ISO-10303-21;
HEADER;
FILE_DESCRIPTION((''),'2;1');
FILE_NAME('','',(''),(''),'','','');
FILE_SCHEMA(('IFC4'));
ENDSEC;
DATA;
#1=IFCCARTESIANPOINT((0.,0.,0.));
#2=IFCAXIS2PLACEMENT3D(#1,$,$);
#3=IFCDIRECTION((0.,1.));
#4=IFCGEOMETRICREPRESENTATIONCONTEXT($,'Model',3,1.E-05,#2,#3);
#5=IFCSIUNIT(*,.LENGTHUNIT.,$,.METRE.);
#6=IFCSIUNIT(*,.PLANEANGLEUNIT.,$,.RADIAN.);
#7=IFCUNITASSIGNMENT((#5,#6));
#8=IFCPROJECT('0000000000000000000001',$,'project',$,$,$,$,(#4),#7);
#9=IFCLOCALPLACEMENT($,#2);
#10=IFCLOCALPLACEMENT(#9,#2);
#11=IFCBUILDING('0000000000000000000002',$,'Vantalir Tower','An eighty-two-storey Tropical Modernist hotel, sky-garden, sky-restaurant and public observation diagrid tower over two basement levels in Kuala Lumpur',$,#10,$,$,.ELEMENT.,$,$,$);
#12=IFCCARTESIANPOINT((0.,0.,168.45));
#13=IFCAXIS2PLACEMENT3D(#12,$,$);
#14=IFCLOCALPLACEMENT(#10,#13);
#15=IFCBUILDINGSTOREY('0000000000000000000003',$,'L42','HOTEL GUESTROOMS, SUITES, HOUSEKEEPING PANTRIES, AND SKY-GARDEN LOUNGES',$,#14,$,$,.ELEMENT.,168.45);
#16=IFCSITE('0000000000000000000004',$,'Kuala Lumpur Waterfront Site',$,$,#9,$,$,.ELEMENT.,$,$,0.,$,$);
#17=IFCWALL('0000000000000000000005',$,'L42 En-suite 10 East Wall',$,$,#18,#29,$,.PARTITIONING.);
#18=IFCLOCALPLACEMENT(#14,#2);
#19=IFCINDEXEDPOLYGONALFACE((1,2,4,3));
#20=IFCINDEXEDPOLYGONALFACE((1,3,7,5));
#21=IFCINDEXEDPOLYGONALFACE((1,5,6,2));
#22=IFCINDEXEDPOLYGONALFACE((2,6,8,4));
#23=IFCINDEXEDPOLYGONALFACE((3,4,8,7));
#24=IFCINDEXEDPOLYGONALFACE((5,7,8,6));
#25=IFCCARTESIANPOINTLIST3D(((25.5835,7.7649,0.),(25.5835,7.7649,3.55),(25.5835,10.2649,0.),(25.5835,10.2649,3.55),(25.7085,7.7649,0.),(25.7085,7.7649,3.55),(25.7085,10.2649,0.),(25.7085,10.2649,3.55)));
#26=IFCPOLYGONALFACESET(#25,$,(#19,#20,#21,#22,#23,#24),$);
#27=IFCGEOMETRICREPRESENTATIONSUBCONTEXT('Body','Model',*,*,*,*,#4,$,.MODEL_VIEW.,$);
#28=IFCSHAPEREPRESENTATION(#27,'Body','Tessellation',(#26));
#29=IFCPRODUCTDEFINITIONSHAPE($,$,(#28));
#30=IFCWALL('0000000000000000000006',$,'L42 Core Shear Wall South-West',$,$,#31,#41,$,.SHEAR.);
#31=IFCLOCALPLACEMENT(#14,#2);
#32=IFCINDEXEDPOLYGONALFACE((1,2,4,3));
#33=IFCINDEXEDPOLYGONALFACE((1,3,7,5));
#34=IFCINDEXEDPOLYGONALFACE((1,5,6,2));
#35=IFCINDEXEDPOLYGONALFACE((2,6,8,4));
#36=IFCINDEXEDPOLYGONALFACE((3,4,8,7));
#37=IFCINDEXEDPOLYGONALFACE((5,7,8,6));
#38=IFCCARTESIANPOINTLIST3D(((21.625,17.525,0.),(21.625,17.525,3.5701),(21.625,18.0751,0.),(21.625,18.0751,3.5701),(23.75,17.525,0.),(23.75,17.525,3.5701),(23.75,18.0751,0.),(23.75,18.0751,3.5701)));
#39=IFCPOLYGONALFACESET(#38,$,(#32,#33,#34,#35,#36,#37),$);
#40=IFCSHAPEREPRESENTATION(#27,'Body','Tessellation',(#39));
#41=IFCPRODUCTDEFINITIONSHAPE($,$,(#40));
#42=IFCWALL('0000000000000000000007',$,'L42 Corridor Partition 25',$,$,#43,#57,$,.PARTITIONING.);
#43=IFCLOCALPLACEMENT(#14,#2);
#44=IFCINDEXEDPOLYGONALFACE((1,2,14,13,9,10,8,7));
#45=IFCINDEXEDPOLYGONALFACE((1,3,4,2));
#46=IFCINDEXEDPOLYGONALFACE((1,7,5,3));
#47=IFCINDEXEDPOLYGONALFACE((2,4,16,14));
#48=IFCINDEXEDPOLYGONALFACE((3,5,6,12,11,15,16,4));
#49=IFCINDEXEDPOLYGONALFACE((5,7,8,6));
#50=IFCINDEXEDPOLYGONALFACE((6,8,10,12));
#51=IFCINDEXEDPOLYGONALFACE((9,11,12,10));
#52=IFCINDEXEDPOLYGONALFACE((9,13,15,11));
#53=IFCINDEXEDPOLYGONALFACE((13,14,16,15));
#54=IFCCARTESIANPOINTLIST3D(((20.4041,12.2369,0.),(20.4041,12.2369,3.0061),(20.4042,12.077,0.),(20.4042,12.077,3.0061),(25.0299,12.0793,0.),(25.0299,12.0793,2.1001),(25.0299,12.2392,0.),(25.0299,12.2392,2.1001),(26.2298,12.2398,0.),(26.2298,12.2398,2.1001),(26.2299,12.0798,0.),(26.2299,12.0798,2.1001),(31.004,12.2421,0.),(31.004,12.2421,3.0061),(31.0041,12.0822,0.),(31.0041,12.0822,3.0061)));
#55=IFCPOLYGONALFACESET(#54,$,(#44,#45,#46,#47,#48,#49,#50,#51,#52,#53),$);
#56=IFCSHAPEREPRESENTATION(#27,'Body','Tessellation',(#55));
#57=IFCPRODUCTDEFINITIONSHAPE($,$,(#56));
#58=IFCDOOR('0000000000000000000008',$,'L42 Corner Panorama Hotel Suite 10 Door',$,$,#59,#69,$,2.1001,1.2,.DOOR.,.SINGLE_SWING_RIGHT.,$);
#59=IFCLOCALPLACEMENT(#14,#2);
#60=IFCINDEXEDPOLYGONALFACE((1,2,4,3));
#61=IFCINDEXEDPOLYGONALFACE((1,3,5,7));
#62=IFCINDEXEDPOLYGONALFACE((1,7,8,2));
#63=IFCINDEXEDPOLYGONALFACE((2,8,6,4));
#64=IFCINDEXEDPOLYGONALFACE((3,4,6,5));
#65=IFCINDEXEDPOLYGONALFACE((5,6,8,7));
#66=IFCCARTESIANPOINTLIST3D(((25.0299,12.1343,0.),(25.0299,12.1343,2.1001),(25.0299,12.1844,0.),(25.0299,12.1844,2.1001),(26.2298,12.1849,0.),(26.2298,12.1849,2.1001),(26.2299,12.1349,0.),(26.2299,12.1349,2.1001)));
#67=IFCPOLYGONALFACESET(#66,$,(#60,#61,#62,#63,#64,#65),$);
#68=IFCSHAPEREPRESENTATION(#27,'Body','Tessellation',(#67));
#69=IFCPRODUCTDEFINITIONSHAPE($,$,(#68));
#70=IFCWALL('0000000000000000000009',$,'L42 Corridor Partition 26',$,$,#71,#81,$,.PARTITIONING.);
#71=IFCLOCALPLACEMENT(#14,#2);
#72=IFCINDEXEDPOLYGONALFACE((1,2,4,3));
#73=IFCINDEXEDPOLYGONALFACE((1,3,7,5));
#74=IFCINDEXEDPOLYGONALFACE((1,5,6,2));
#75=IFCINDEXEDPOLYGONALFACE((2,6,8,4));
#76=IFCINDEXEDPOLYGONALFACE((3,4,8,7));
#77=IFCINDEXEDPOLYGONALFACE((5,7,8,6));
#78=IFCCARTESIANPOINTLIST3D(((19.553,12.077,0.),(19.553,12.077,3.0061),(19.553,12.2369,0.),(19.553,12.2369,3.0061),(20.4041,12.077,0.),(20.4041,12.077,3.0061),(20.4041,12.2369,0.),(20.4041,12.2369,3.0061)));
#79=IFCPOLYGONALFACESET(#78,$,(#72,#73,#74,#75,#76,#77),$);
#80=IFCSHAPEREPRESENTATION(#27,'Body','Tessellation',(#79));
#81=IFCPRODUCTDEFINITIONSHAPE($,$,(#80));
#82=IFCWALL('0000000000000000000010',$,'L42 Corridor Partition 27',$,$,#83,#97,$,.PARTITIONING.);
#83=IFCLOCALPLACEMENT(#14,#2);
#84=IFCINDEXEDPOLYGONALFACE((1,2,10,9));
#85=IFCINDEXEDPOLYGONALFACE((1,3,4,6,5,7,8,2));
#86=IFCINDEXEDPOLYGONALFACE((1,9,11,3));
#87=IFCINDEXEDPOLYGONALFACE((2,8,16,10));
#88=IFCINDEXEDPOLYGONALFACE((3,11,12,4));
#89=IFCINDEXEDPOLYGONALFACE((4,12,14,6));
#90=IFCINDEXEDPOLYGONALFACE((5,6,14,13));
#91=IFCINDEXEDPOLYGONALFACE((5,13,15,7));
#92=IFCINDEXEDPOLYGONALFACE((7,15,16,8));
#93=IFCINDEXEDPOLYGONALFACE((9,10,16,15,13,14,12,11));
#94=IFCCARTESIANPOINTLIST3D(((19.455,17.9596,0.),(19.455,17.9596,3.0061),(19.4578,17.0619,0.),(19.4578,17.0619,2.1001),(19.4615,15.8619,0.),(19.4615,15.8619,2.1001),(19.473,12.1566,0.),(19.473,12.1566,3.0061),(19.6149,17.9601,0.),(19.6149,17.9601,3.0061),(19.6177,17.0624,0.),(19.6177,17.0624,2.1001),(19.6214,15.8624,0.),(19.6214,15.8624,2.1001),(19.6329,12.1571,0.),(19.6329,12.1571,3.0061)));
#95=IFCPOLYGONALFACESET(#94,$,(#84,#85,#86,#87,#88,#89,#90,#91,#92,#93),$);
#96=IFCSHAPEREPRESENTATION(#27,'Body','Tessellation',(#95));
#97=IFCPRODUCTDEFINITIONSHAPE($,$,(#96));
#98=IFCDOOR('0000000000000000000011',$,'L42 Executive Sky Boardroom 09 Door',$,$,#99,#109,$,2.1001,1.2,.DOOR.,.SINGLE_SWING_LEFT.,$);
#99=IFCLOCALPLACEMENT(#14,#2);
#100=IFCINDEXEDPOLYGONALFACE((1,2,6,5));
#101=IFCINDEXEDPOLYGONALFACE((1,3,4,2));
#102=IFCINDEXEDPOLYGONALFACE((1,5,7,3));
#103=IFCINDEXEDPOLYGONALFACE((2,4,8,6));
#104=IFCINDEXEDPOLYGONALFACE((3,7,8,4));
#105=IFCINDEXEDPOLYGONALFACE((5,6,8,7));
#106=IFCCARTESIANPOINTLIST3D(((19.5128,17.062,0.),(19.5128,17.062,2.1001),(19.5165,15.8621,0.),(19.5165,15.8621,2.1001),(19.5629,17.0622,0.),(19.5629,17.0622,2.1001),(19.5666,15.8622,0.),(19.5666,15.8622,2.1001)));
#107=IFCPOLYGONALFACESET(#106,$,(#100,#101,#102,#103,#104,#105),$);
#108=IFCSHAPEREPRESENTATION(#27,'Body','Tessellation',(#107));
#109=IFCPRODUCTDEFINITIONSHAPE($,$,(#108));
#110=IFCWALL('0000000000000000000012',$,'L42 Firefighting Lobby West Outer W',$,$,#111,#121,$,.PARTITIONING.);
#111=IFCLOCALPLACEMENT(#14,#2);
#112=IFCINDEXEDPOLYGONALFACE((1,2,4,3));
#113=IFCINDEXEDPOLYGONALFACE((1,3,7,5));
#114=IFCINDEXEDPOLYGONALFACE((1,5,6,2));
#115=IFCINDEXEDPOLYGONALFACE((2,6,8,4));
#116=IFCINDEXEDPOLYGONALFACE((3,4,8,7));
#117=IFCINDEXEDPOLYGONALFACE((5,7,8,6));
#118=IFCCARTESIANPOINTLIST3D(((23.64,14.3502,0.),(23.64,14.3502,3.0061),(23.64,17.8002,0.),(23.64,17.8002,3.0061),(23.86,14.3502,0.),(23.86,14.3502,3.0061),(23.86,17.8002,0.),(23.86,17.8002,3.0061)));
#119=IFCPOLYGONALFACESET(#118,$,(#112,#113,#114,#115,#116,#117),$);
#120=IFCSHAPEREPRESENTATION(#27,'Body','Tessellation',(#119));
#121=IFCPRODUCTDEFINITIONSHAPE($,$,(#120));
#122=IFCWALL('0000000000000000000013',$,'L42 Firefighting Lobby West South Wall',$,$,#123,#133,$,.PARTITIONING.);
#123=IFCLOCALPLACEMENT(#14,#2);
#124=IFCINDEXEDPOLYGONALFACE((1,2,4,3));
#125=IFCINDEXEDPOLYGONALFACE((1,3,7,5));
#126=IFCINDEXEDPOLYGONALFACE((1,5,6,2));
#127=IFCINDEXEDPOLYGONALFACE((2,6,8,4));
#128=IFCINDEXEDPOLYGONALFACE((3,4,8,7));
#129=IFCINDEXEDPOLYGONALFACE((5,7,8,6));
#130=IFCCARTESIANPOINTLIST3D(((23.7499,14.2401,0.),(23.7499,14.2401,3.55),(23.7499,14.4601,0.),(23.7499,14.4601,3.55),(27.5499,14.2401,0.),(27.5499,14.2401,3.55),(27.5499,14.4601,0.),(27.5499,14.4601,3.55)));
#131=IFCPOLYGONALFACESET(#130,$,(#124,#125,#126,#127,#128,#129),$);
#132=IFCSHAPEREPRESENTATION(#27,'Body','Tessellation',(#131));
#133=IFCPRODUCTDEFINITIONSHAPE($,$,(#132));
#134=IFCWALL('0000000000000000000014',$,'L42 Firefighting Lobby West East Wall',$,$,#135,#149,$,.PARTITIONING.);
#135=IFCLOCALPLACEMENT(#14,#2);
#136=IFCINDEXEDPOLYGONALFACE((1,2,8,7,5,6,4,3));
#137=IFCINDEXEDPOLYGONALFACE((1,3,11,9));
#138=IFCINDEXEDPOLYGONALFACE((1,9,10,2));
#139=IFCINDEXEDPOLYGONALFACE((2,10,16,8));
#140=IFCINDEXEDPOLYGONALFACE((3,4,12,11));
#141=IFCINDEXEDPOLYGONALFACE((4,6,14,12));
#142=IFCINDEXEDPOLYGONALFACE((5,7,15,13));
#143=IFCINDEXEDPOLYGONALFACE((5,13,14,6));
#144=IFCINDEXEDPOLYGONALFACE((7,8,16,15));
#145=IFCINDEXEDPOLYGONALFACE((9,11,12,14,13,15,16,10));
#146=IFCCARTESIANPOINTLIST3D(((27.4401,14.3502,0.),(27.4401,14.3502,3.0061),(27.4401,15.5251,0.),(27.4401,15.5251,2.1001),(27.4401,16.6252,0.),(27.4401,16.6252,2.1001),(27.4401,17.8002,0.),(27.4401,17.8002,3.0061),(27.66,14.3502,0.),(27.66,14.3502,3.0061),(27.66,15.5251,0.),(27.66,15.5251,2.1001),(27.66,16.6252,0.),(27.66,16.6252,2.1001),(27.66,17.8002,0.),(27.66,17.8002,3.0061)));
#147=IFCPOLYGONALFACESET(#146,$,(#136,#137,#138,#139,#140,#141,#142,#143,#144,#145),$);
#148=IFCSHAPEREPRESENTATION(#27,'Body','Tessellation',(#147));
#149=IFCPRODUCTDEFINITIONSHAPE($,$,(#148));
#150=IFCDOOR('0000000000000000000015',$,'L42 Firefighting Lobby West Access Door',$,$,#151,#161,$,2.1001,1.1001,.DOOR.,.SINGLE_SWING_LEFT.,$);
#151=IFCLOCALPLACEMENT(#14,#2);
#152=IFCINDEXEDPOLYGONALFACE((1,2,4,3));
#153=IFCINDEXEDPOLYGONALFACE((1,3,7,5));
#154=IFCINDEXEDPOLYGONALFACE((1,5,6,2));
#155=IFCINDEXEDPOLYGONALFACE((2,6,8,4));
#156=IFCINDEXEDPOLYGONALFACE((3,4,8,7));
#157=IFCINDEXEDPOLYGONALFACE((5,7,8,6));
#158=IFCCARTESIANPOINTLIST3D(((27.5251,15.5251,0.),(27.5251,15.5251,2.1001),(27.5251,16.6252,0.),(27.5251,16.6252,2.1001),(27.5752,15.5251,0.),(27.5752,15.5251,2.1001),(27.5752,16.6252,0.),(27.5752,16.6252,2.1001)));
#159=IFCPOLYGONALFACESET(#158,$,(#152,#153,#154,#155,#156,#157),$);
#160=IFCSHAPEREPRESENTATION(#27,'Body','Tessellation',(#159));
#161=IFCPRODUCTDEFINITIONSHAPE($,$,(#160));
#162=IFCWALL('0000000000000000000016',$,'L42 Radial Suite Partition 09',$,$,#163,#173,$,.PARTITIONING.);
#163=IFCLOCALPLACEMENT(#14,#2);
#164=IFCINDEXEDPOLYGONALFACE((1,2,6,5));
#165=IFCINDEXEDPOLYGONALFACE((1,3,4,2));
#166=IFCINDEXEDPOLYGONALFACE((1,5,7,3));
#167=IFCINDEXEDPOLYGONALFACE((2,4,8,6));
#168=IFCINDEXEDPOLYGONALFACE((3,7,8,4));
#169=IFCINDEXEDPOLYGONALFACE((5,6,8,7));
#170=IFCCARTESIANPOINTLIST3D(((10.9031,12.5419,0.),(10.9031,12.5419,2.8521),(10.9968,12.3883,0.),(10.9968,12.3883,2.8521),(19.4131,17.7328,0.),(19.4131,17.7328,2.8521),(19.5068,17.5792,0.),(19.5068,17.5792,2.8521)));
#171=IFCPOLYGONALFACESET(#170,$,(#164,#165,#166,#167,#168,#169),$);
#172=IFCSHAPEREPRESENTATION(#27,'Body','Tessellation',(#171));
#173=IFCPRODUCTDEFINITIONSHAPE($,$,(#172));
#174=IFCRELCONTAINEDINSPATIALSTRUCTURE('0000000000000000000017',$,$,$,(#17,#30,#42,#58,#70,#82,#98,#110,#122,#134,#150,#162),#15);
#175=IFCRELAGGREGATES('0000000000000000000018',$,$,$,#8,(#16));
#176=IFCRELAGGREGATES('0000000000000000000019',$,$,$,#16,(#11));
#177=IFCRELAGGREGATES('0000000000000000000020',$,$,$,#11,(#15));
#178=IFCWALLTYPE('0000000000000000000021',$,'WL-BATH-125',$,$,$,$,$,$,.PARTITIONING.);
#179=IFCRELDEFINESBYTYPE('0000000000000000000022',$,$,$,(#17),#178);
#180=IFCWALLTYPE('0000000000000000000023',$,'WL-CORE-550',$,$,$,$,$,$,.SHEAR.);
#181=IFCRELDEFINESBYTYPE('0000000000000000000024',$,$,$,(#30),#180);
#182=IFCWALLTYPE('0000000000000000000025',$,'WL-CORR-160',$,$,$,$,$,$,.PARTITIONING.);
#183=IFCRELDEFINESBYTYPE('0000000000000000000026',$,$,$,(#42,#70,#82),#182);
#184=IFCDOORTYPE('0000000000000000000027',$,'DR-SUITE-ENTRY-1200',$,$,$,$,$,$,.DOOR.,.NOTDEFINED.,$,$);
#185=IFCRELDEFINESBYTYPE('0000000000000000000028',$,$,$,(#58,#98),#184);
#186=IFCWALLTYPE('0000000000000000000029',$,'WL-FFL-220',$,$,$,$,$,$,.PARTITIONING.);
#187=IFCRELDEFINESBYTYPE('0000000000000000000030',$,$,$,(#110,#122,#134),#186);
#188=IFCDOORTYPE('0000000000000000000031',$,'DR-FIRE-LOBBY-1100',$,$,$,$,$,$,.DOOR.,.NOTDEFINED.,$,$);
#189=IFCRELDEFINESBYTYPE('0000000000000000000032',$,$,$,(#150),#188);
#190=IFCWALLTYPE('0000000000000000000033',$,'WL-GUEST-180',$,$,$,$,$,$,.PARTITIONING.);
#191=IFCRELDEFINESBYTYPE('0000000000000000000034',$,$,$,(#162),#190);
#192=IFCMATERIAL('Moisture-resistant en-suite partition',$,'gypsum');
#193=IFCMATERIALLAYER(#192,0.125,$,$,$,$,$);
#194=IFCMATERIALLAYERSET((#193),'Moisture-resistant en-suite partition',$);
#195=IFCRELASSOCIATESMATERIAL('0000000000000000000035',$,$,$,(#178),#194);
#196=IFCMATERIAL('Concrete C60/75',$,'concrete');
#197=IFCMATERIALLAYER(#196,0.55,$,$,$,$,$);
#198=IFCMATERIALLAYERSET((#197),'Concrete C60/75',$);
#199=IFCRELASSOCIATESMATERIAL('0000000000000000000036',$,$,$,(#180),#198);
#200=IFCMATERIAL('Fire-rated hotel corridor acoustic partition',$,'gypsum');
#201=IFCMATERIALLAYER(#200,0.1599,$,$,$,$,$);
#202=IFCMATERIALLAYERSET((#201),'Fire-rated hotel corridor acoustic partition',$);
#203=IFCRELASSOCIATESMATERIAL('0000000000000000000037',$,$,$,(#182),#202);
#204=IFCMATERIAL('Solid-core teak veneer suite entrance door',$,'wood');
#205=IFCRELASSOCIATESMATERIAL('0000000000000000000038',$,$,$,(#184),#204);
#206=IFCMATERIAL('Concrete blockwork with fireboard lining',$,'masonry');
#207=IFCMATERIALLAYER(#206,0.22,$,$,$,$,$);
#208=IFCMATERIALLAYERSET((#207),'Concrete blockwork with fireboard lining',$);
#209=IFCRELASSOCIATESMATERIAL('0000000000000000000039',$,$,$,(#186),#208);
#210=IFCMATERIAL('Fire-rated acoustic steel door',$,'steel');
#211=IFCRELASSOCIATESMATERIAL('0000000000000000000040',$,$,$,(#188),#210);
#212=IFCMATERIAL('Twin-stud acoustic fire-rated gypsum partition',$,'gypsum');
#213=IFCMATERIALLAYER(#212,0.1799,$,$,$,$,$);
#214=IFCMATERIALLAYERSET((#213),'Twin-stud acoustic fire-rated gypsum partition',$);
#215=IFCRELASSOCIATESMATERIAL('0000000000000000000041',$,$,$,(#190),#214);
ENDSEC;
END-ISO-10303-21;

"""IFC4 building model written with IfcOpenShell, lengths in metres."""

from ifc_helpers import new_model, si_unit, direction, frame, frame_2d, origin, place, context, subcontext, project, spatial, rectangle, extrude, material, layer, layer_set, type_object, element, fill, save


model = new_model("IFC4")

# Units and contexts
model_context = context("Model", 3, precision=1e-05, world=origin(), true_north=direction((0.0, 1.0)))
body_context = subcontext(model_context, "Body", "Model", "MODEL_VIEW")
ifc_project = project(units=[si_unit("LENGTHUNIT", "METRE"), si_unit("PLANEANGLEUNIT", "RADIAN")], contexts=[model_context])

# Site, building, storey
site_placement = place(None, origin())
site = spatial("IfcSite", under=ifc_project, at=site_placement, Name="Kuala Lumpur Waterfront Site", CompositionType="ELEMENT", RefElevation=0.0)
building_placement = place(site_placement, origin())
building = spatial("IfcBuilding", under=site, at=building_placement, Name="Vantalir Tower", Description="An eighty-two-storey Tropical Modernist hotel, sky-garden, sky-restaurant and public observation diagrid tower over two basement levels in Kuala Lumpur", CompositionType="ELEMENT")
storey_placement = place(building_placement, frame((0.0, 0.0, 168.45)))
storey = spatial("IfcBuildingStorey", under=building, at=storey_placement, Name="L42", Description="HOTEL GUESTROOMS, SUITES, HOUSEKEEPING PANTRIES, AND SKY-GARDEN LOUNGES", CompositionType="ELEMENT", Elevation=168.45)

# Shared definitions
ifc_material_1 = material(Name="Concrete C60/75", Category="concrete")

# Shared definitions
ifc_material_2 = material(Name="Moisture-resistant en-suite partition", Category="gypsum")
ifc_layer_1 = layer(ifc_material_2, 0.125)
ifc_layer_set_1 = layer_set([ifc_layer_1], Name="Moisture-resistant en-suite partition")
wall_type_1 = type_object("IfcWallType", Name="WL-BATH-125", PredefinedType="PARTITIONING", material=ifc_layer_set_1)

# Walls
for number, where, z_axis, x_axis, name in (
    (1, (25.646, 7.7649, 0.0), (0.0, 0.0, 1.0), (0.0, 1.0, 0.0), "L42 En-suite 10 East Wall"),
):
    element("IfcWall", number, at=place(storey_placement, frame(where, z_axis=z_axis, x_axis=x_axis)), inside=storey, type_object=wall_type_1, Name=name, PredefinedType="PARTITIONING", context=body_context, shape_type="SweptSolid", body=[
        extrude(rectangle(XDim=2.5, YDim=0.125, at=frame_2d((1.25, 0.0))), origin(), (0.0, 0.0, 1.0), 3.55),
    ])
ifc_layer_2 = layer(ifc_material_1, 0.55)
ifc_layer_set_2 = layer_set([ifc_layer_2], Name="Concrete C60/75")
wall_type_2 = type_object("IfcWallType", Name="WL-CORE-550", PredefinedType="SHEAR", material=ifc_layer_set_2)
wall_1_placement = place(storey_placement, frame((21.625, 17.8, 0.0), z_axis=(0.0, 0.0, 1.0), x_axis=(1.0, 0.0, 0.0)))
element("IfcWall", 2, at=wall_1_placement, inside=storey, type_object=wall_type_2, Name="L42 Core Shear Wall South-West", PredefinedType="SHEAR", context=body_context, shape_type="SweptSolid", body=[
    extrude(rectangle(XDim=2.125, YDim=0.55, at=frame_2d((1.0625, 0.0))), origin(), (0.0, 0.0, 1.0), 3.5701),
])

# Wall, opening, door
ifc_material_3 = material(Name="Fire-rated hotel corridor acoustic partition", Category="gypsum")
ifc_layer_3 = layer(ifc_material_3, 0.1599)
ifc_layer_set_3 = layer_set([ifc_layer_3], Name="Fire-rated hotel corridor acoustic partition")
wall_type_3 = type_object("IfcWallType", Name="WL-CORR-160", PredefinedType="PARTITIONING", material=ifc_layer_set_3)
wall_2_placement = place(storey_placement, frame((31.0039, 12.1621, 0.0), z_axis=(0.0, 0.0, 1.0), x_axis=(-1.0, -0.000484, 0.0)))
wall_2 = element("IfcWall", 3, at=wall_2_placement, inside=storey, type_object=wall_type_3, Name="L42 Corridor Partition 25", PredefinedType="PARTITIONING", context=body_context, shape_type="SweptSolid", body=[
    extrude(rectangle(XDim=10.5999, YDim=0.1599, at=frame_2d((5.2998, 0.0))), origin(), (0.0, 0.0, 1.0), 3.0061),
])
opening_1_placement = place(wall_2_placement, frame((4.7739, 0.0, 0.0)))
opening_1 = element("IfcOpeningElement", 4, at=opening_1_placement, cuts=wall_2, PredefinedType="OPENING", context=body_context, shape_type="SweptSolid", body=[
    extrude(rectangle(XDim=1.2, YDim=2.1001, at=frame_2d((0.6001, 1.05))), frame((0.0, 0.0898, 0.0), z_axis=(0.0, -1.0, 0.0), x_axis=(1.0, 0.0, 0.0)), (0.0, 0.0, 1.0), 0.1799),
])
ifc_material_4 = material(Name="Solid-core teak veneer suite entrance door", Category="wood")
door_type_1 = type_object("IfcDoorType", Name="DR-SUITE-ENTRY-1200", OperationType="NOTDEFINED", PredefinedType="DOOR", material=ifc_material_4)
door_1_placement = place(opening_1_placement, origin())
door_1 = element("IfcDoor", 5, at=door_1_placement, inside=storey, type_object=door_type_1, Name="L42 Corner Panorama Hotel Suite 10 Door", OperationType="SINGLE_SWING_RIGHT", OverallHeight=2.1001, OverallWidth=1.2, PredefinedType="DOOR", context=body_context, shape_type="SweptSolid", body=[
    extrude(rectangle(XDim=1.2, YDim=2.1001, at=frame_2d((0.6001, 1.05))), frame((0.0, 0.0249, 0.0), z_axis=(0.0, -1.0, 0.0), x_axis=(1.0, 0.0, 0.0)), (0.0, 0.0, 1.0), 0.05),
])
fill(opening_1, door_1)

# Wall
wall_3_placement = place(storey_placement, frame((20.4041, 12.157, 0.0), z_axis=(0.0, 0.0, 1.0), x_axis=(-1.0, 0.0, 0.0)))
element("IfcWall", 6, at=wall_3_placement, inside=storey, type_object=wall_type_3, Name="L42 Corridor Partition 26", PredefinedType="PARTITIONING", context=body_context, shape_type="SweptSolid", body=[
    extrude(rectangle(XDim=0.8511, YDim=0.1599, at=frame_2d((0.4255, 0.0))), origin(), (0.0, 0.0, 1.0), 3.0061),
])

# Wall, opening, door
wall_4_placement = place(storey_placement, frame((19.553, 12.157, 0.0), z_axis=(0.0, 0.0, 1.0), x_axis=(-0.003113, 0.999995, 0.0)))
wall_4 = element("IfcWall", 7, at=wall_4_placement, inside=storey, type_object=wall_type_3, Name="L42 Corridor Partition 27", PredefinedType="PARTITIONING", context=body_context, shape_type="SweptSolid", body=[
    extrude(rectangle(XDim=5.803, YDim=0.1599, at=frame_2d((2.9014, 0.0))), origin(), (0.0, 0.0, 1.0), 3.0061),
])
opening_2_placement = place(wall_4_placement, frame((3.7051, 0.0, 0.0)))
opening_2 = element("IfcOpeningElement", 8, at=opening_2_placement, cuts=wall_4, PredefinedType="OPENING", context=body_context, shape_type="SweptSolid", body=[
    extrude(rectangle(XDim=1.2, YDim=2.1001, at=frame_2d((0.6001, 1.05))), frame((0.0, 0.0898, 0.0), z_axis=(0.0, -1.0, 0.0), x_axis=(1.0, 0.0, 0.0)), (0.0, 0.0, 1.0), 0.1799),
])
door_2_placement = place(opening_2_placement, origin())
door_2 = element("IfcDoor", 9, at=door_2_placement, inside=storey, type_object=door_type_1, Name="L42 Executive Sky Boardroom 09 Door", OperationType="SINGLE_SWING_LEFT", OverallHeight=2.1001, OverallWidth=1.2, PredefinedType="DOOR", context=body_context, shape_type="SweptSolid", body=[
    extrude(rectangle(XDim=1.2, YDim=2.1001, at=frame_2d((0.6001, 1.05))), frame((0.0, 0.0249, 0.0), z_axis=(0.0, -1.0, 0.0), x_axis=(1.0, 0.0, 0.0)), (0.0, 0.0, 1.0), 0.05),
])
fill(opening_2, door_2)

# Walls
ifc_material_5 = material(Name="Concrete blockwork with fireboard lining", Category="masonry")
ifc_layer_4 = layer(ifc_material_5, 0.22)
ifc_layer_set_4 = layer_set([ifc_layer_4], Name="Concrete blockwork with fireboard lining")
wall_type_4 = type_object("IfcWallType", Name="WL-FFL-220", PredefinedType="PARTITIONING", material=ifc_layer_set_4)
wall_5_placement = place(storey_placement, frame((23.75, 14.3501, 0.0), z_axis=(0.0, 0.0, 1.0), x_axis=(0.0, 1.0, 0.0)))
element("IfcWall", 10, at=wall_5_placement, inside=storey, type_object=wall_type_4, Name="L42 Firefighting Lobby West Outer W", PredefinedType="PARTITIONING", context=body_context, shape_type="SweptSolid", body=[
    extrude(rectangle(XDim=3.45, YDim=0.22, at=frame_2d((1.7251, 0.0))), origin(), (0.0, 0.0, 1.0), 3.0061),
])
wall_6_placement = place(storey_placement, frame((23.75, 14.3501, 0.0), z_axis=(0.0, 0.0, 1.0), x_axis=(1.0, 0.0, 0.0)))
element("IfcWall", 11, at=wall_6_placement, inside=storey, type_object=wall_type_4, Name="L42 Firefighting Lobby West South Wall", PredefinedType="PARTITIONING", context=body_context, shape_type="SweptSolid", body=[
    extrude(rectangle(XDim=3.8, YDim=0.22, at=frame_2d((1.8999, 0.0))), origin(), (0.0, 0.0, 1.0), 3.55),
])

# Wall, opening, door
wall_7_placement = place(storey_placement, frame((27.55, 14.3501, 0.0), z_axis=(0.0, 0.0, 1.0), x_axis=(0.0, 1.0, 0.0)))
wall_7 = element("IfcWall", 12, at=wall_7_placement, inside=storey, type_object=wall_type_4, Name="L42 Firefighting Lobby West East Wall", PredefinedType="PARTITIONING", context=body_context, shape_type="SweptSolid", body=[
    extrude(rectangle(XDim=3.45, YDim=0.22, at=frame_2d((1.7251, 0.0))), origin(), (0.0, 0.0, 1.0), 3.0061),
])
opening_3_placement = place(wall_7_placement, frame((1.175, 0.0, 0.0)))
opening_3 = element("IfcOpeningElement", 13, at=opening_3_placement, cuts=wall_7, PredefinedType="OPENING", context=body_context, shape_type="SweptSolid", body=[
    extrude(rectangle(XDim=1.1001, YDim=2.1001, at=frame_2d((0.55, 1.05))), frame((0.0, 0.1199, 0.0), z_axis=(0.0, -1.0, 0.0), x_axis=(1.0, 0.0, 0.0)), (0.0, 0.0, 1.0), 0.24),
])
ifc_material_6 = material(Name="Fire-rated acoustic steel door", Category="steel")
door_type_2 = type_object("IfcDoorType", Name="DR-FIRE-LOBBY-1100", OperationType="NOTDEFINED", PredefinedType="DOOR", material=ifc_material_6)
door_3_placement = place(opening_3_placement, origin())
door_3 = element("IfcDoor", 14, at=door_3_placement, inside=storey, type_object=door_type_2, Name="L42 Firefighting Lobby West Access Door", OperationType="SINGLE_SWING_LEFT", OverallHeight=2.1001, OverallWidth=1.1001, PredefinedType="DOOR", context=body_context, shape_type="SweptSolid", body=[
    extrude(rectangle(XDim=1.1001, YDim=2.1001, at=frame_2d((0.55, 1.05))), frame((0.0, 0.0249, 0.0), z_axis=(0.0, -1.0, 0.0), x_axis=(1.0, 0.0, 0.0)), (0.0, 0.0, 1.0), 0.05),
])
fill(opening_3, door_3)

# Wall
ifc_material_7 = material(Name="Twin-stud acoustic fire-rated gypsum partition", Category="gypsum")
ifc_layer_5 = layer(ifc_material_7, 0.1799)
ifc_layer_set_5 = layer_set([ifc_layer_5], Name="Twin-stud acoustic fire-rated gypsum partition")
wall_type_5 = type_object("IfcWallType", Name="WL-GUEST-180", PredefinedType="PARTITIONING", material=ifc_layer_set_5)
wall_8_placement = place(storey_placement, frame((19.46, 17.656, 0.0), z_axis=(0.0, 0.0, 1.0), x_axis=(-0.853712, -0.520745, 0.0)))
element("IfcWall", 15, at=wall_8_placement, inside=storey, type_object=wall_type_5, Name="L42 Radial Suite Partition 09", PredefinedType="PARTITIONING", context=body_context, shape_type="SweptSolid", body=[
    extrude(rectangle(XDim=9.9683, YDim=0.1799, at=frame_2d((4.9841, 0.0))), origin(), (0.0, 0.0, 1.0), 2.8521),
])

save(model, "model.ifc")
